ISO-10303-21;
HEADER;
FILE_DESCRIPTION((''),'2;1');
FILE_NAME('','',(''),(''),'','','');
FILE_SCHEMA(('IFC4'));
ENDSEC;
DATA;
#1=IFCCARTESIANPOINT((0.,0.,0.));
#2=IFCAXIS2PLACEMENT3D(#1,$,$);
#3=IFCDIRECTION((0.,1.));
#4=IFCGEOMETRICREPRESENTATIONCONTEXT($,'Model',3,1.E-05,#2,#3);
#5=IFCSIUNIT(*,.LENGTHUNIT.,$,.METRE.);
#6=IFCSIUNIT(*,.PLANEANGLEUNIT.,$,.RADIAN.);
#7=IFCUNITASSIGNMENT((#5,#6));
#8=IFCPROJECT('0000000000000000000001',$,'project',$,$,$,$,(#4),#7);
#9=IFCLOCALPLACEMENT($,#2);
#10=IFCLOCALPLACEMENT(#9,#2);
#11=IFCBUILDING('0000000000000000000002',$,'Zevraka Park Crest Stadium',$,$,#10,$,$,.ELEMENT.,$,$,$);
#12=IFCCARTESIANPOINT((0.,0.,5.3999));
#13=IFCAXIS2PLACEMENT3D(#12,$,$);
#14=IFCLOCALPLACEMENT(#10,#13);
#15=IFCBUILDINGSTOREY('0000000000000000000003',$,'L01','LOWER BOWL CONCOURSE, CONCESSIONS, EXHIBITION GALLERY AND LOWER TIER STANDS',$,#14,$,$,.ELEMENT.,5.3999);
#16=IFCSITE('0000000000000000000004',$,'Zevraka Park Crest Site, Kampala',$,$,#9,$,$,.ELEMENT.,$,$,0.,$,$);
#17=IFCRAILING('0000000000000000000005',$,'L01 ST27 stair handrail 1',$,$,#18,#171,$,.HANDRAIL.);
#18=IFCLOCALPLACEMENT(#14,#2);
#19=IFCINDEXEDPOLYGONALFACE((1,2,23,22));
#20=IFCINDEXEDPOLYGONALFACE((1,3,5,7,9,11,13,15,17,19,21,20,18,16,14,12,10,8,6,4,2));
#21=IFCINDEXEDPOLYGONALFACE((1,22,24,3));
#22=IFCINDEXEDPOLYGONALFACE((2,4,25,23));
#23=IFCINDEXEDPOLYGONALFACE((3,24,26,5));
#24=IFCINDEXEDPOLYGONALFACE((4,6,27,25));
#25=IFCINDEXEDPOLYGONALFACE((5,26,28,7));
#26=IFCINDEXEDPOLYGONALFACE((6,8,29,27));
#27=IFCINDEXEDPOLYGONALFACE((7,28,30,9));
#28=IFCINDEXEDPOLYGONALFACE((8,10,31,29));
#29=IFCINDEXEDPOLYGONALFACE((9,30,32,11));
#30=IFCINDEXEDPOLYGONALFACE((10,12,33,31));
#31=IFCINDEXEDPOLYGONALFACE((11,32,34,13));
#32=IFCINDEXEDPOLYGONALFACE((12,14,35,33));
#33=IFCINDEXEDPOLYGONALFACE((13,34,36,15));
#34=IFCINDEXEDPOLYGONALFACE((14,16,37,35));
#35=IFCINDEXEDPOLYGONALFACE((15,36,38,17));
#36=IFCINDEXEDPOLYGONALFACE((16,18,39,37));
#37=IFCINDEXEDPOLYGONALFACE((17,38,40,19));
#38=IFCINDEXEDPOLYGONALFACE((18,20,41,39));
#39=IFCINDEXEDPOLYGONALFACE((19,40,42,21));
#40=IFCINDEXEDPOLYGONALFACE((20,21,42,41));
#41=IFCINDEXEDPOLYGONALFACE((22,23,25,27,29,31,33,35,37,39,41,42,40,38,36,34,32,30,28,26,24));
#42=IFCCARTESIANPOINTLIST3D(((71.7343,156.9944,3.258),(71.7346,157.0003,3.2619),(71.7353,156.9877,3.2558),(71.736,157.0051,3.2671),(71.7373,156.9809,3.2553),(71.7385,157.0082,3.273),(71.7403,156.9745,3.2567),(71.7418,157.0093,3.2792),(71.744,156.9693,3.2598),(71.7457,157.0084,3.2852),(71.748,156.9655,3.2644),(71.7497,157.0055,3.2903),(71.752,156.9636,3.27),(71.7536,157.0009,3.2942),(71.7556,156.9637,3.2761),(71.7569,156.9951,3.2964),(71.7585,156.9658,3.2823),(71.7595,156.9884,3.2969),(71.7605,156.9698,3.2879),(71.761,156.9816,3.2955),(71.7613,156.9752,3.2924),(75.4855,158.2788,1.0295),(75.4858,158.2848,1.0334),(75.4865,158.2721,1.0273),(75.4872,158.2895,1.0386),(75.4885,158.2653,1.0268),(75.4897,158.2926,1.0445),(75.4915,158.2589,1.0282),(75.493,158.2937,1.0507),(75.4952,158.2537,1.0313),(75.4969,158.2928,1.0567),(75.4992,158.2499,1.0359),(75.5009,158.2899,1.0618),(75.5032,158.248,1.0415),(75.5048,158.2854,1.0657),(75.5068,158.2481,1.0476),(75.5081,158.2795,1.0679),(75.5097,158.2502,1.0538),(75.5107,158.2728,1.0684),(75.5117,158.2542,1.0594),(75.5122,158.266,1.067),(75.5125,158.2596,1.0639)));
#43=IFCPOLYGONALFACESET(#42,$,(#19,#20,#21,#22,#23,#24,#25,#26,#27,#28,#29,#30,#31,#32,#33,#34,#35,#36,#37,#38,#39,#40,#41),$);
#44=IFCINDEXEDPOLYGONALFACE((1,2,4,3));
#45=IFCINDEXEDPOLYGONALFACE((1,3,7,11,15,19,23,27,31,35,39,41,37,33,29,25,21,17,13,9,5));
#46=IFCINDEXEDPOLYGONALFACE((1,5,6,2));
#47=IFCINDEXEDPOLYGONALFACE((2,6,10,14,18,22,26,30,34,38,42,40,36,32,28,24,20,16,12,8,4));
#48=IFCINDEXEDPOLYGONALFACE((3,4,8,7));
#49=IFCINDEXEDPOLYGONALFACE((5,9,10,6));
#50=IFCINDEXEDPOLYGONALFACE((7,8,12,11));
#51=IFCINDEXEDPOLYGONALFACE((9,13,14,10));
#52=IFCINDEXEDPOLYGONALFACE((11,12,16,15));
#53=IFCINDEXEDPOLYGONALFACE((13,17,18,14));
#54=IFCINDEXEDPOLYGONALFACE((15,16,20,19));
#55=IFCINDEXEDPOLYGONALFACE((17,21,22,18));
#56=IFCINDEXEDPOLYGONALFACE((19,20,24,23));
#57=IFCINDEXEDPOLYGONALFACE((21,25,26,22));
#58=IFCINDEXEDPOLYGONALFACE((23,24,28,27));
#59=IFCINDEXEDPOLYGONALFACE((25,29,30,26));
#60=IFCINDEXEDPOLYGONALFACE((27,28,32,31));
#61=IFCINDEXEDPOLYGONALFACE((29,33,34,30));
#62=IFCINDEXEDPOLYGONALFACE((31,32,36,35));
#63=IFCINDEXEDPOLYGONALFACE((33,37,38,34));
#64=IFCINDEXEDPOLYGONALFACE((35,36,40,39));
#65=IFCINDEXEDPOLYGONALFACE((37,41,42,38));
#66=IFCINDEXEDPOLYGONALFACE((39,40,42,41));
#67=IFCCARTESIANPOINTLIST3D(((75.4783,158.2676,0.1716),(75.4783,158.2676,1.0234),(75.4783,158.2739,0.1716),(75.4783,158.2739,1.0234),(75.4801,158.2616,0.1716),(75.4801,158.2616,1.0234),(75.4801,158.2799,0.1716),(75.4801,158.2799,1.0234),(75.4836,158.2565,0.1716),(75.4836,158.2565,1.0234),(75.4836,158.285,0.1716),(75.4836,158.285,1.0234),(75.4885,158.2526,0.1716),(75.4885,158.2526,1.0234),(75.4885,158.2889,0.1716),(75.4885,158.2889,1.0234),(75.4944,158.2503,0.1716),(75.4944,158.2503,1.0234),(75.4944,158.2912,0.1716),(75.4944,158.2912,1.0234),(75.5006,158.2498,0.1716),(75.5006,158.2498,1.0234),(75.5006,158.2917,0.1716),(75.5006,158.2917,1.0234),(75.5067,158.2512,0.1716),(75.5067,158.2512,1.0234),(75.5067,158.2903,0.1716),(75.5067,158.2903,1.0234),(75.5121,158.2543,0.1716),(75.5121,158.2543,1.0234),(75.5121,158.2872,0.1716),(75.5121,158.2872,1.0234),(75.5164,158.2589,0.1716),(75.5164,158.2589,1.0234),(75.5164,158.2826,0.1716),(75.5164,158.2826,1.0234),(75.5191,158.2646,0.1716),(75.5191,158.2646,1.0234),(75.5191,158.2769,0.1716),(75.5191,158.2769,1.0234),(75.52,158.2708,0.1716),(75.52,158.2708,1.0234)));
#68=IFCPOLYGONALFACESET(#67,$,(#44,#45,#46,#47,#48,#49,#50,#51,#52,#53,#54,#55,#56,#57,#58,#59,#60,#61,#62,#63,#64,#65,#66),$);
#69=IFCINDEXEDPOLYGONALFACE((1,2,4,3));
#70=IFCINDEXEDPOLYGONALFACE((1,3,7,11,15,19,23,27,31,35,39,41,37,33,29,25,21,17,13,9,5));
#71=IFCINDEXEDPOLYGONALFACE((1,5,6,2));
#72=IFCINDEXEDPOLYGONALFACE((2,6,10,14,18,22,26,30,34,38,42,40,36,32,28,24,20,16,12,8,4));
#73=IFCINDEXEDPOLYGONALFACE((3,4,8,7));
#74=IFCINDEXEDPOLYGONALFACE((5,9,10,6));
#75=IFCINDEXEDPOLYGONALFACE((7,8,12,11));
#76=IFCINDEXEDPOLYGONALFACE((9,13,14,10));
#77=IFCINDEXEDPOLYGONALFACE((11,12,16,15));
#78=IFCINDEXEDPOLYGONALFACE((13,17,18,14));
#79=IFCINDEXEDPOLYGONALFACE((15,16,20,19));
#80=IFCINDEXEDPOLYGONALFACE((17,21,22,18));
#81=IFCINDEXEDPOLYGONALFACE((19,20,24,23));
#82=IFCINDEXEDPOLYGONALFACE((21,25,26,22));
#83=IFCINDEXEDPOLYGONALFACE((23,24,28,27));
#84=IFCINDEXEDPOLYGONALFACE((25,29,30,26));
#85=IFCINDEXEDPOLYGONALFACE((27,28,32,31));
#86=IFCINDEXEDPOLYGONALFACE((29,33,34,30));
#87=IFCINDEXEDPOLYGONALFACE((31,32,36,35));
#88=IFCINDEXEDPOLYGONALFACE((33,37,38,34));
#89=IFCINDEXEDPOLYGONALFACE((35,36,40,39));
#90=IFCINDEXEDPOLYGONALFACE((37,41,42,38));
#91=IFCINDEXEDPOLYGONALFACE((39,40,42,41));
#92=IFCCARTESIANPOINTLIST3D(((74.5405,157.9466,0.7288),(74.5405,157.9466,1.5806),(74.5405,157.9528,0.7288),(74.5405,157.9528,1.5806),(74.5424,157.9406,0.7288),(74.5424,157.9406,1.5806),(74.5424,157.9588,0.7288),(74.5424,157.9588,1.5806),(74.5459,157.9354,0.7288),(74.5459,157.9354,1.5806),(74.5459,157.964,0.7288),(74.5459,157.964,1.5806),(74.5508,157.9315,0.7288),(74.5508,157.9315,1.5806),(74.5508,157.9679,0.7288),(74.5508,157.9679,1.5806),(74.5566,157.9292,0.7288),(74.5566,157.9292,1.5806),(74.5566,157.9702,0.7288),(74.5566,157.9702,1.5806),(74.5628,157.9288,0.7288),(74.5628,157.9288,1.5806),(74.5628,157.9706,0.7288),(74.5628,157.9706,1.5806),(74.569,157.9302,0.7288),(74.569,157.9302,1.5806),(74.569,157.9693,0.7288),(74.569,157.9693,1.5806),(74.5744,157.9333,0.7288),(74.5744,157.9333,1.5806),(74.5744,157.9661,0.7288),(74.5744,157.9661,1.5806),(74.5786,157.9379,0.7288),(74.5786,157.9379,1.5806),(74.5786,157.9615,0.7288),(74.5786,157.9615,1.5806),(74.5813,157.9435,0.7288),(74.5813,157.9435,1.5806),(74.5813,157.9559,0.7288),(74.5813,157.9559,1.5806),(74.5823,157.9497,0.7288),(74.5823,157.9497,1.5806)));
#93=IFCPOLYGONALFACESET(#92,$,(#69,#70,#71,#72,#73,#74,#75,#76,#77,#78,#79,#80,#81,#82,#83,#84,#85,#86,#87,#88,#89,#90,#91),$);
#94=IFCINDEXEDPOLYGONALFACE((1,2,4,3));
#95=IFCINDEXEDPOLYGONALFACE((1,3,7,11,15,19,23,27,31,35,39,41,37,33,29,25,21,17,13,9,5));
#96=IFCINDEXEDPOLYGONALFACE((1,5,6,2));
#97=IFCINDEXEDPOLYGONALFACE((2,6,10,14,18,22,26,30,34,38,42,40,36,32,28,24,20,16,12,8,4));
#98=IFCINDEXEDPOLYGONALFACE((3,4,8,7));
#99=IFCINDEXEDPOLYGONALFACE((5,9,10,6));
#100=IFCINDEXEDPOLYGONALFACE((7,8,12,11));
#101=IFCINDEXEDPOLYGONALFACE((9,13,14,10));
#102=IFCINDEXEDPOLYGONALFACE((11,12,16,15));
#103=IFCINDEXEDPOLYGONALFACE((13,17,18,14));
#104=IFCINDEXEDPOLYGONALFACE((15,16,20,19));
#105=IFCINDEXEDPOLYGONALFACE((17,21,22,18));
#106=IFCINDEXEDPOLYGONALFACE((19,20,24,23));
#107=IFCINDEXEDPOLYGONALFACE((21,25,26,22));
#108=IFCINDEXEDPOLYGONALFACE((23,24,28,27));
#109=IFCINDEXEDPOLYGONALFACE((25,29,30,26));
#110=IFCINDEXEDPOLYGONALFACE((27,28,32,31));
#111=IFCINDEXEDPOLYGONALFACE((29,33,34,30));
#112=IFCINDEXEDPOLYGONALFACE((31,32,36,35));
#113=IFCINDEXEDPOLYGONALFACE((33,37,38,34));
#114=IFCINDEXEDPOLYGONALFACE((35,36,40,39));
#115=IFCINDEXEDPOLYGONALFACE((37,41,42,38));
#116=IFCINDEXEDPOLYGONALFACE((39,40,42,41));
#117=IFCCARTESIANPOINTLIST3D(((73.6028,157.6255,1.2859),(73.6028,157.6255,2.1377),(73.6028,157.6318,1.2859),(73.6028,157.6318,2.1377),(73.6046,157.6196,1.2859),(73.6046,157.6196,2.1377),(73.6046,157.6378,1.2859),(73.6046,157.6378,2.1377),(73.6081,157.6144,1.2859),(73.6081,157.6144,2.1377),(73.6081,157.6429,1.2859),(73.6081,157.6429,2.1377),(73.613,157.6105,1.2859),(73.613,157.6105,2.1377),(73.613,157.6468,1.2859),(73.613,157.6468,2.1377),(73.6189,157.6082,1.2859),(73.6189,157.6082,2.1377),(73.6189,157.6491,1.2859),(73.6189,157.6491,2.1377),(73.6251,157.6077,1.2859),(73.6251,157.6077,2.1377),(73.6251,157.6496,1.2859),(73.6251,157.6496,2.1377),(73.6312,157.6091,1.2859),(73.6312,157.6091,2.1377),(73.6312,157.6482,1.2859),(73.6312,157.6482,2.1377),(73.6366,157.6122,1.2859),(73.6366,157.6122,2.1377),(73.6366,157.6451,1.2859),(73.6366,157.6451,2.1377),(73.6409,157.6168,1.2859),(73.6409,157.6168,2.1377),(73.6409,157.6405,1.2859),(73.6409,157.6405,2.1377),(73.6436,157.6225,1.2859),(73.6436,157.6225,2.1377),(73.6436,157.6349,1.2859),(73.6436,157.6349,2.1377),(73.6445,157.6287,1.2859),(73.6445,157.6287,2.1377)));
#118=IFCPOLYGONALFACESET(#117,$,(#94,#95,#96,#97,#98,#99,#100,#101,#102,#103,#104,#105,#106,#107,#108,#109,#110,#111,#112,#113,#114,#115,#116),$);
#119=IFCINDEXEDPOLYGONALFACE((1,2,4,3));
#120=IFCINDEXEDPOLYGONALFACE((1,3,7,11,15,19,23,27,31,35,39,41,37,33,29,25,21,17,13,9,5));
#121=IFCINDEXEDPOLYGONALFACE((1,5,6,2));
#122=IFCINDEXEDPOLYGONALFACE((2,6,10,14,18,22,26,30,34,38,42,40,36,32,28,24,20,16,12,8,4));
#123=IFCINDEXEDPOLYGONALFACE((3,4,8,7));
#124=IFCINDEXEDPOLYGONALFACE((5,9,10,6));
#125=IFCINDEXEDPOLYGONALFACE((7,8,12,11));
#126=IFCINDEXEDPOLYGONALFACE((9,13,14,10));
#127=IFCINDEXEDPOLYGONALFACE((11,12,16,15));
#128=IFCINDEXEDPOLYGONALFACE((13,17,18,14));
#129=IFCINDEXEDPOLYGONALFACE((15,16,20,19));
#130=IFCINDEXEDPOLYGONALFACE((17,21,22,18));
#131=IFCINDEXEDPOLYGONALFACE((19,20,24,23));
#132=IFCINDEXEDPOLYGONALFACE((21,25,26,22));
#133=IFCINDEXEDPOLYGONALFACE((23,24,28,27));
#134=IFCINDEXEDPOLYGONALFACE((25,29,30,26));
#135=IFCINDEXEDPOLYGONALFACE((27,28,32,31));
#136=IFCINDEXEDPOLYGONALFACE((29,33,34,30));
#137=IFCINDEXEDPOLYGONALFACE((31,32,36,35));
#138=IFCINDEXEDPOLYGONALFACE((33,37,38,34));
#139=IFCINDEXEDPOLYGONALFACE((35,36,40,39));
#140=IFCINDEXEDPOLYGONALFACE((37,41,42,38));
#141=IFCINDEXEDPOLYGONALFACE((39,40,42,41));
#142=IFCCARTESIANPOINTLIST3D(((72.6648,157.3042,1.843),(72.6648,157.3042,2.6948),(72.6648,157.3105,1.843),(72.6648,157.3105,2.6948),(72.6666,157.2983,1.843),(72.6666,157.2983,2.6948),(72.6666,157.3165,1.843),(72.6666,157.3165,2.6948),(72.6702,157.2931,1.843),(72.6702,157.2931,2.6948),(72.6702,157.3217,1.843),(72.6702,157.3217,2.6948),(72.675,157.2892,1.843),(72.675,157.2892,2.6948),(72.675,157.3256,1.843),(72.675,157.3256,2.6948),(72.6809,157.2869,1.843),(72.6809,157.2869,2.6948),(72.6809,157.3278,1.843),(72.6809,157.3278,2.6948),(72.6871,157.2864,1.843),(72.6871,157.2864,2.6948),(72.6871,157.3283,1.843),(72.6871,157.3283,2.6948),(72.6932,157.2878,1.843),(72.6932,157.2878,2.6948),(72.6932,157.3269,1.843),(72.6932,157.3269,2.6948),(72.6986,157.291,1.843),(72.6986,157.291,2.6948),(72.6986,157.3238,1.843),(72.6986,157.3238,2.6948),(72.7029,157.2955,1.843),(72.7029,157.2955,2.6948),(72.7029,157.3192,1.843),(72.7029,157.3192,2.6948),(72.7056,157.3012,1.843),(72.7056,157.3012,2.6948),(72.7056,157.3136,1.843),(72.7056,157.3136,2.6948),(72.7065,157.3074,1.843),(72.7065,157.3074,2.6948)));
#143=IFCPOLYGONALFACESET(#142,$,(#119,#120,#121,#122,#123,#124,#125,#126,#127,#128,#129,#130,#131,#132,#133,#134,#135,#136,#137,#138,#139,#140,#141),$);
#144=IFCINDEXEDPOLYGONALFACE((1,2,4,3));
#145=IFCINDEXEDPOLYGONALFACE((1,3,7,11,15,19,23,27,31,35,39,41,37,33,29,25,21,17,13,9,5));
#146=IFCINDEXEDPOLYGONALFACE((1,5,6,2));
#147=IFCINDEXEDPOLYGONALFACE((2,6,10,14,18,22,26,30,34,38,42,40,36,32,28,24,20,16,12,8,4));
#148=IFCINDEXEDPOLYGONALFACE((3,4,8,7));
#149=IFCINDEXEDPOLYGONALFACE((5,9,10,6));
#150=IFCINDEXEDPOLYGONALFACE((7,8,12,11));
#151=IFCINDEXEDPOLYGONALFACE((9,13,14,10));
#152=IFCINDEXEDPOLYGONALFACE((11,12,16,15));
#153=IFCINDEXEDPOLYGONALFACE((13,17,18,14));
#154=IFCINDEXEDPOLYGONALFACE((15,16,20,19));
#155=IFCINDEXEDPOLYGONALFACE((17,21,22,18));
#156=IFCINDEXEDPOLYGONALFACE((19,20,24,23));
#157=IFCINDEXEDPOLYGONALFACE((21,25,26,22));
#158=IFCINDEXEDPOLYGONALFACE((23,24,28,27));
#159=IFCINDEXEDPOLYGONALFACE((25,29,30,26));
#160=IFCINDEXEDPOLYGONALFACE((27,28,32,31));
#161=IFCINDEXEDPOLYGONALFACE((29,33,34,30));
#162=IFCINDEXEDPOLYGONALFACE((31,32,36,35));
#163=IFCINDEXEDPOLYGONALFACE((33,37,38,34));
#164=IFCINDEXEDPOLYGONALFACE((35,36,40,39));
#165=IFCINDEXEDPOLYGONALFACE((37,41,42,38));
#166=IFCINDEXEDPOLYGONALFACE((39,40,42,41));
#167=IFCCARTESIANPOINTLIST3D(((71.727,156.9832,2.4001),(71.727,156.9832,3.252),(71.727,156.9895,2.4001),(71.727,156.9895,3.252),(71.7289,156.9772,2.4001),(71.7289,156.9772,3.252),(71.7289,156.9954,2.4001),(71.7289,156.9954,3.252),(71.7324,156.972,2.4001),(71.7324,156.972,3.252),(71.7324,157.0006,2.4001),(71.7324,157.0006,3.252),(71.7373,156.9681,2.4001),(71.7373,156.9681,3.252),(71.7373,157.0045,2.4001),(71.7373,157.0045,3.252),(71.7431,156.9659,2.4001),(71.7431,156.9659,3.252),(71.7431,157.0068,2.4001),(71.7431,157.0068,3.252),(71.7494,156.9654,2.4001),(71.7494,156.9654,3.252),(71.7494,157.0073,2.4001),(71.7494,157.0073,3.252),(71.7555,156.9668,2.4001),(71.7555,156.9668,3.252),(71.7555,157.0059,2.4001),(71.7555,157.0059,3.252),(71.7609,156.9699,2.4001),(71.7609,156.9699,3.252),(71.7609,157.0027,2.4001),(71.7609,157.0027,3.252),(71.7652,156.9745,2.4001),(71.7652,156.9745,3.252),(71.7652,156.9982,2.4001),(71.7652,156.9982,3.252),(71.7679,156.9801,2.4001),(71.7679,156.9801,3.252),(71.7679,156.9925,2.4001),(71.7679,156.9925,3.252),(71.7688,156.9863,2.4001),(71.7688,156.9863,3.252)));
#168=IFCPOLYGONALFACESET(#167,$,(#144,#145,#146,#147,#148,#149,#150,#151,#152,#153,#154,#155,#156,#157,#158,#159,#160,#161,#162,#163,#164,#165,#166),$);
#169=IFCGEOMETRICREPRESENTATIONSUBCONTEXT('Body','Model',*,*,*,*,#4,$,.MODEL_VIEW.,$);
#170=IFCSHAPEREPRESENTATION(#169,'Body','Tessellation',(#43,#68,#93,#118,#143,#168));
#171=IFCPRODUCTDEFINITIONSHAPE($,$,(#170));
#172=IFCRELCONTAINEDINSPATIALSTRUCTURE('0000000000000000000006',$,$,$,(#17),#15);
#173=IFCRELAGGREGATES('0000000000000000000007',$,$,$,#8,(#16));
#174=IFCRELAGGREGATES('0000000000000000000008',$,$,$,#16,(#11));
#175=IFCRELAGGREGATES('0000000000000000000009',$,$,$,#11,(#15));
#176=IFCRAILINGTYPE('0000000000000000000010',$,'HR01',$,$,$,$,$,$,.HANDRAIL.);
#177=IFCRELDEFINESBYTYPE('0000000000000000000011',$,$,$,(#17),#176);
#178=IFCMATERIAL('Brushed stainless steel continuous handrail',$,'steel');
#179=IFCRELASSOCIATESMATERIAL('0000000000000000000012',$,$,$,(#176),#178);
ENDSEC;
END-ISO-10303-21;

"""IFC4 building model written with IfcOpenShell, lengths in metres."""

from ifc_helpers import new_model, si_unit, direction, frame, origin, origin_2d, place, context, subcontext, project, spatial, circle, extrude, material, type_object, element, save


model = new_model("IFC4")

# Units and contexts
model_context = context("Model", 3, precision=1e-05, world=origin(), true_north=direction((0.0, 1.0)))
body_context = subcontext(model_context, "Body", "Model", "MODEL_VIEW")
ifc_project = project(units=[si_unit("LENGTHUNIT", "METRE"), si_unit("PLANEANGLEUNIT", "RADIAN")], contexts=[model_context])

# Site, building, storey
site_placement = place(None, origin())
site = spatial("IfcSite", under=ifc_project, at=site_placement, Name="Zevraka Park Crest Site, Kampala", CompositionType="ELEMENT", RefElevation=0.0)
building_placement = place(site_placement, origin())
building = spatial("IfcBuilding", under=site, at=building_placement, Name="Zevraka Park Crest Stadium", CompositionType="ELEMENT")
storey_placement = place(building_placement, frame((0.0, 0.0, 5.3999)))
storey = spatial("IfcBuildingStorey", under=building, at=storey_placement, Name="L01", Description="LOWER BOWL CONCOURSE, CONCESSIONS, EXHIBITION GALLERY AND LOWER TIER STANDS", CompositionType="ELEMENT", Elevation=5.3999)

# Railing
ifc_material_1 = material(Name="Brushed stainless steel continuous handrail", Category="steel")
railing_type_1 = type_object("IfcRailingType", Name="HR01", PredefinedType="HANDRAIL", material=ifc_material_1)
railing_1_placement = place(storey_placement, frame((75.499, 158.2708, 0.1716)))
element("IfcRailing", 1, at=railing_1_placement, inside=storey, type_object=railing_type_1, Name="L01 ST27 stair handrail 1", PredefinedType="HANDRAIL", context=body_context, shape_type="SweptSolid", body=[
    extrude(circle(Radius=0.0239, at=origin_2d()), frame((0.0, 0.0, 0.876), z_axis=(-0.824739, -0.282392, 0.489959), x_axis=(0.323939, -0.946078, 0.0)), (0.0, 0.0, 1.0), 4.5483),
    extrude(circle(Radius=0.021, at=origin_2d()), origin(), (0.0, 0.0, 1.0), 0.8518),
    extrude(circle(Radius=0.021, at=origin_2d()), frame((-0.9377, -0.321, 0.5571)), (0.0, 0.0, 1.0), 0.8518),
    extrude(circle(Radius=0.021, at=origin_2d()), frame((-1.8755, -0.6421, 1.1143)), (0.0, 0.0, 1.0), 0.8518),
    extrude(circle(Radius=0.021, at=origin_2d()), frame((-2.8135, -0.9634, 1.6714)), (0.0, 0.0, 1.0), 0.8518),
    extrude(circle(Radius=0.021, at=origin_2d()), frame((-3.7512, -1.2844, 2.2285)), (0.0, 0.0, 1.0), 0.8518),
])

save(model, "model.ifc")
